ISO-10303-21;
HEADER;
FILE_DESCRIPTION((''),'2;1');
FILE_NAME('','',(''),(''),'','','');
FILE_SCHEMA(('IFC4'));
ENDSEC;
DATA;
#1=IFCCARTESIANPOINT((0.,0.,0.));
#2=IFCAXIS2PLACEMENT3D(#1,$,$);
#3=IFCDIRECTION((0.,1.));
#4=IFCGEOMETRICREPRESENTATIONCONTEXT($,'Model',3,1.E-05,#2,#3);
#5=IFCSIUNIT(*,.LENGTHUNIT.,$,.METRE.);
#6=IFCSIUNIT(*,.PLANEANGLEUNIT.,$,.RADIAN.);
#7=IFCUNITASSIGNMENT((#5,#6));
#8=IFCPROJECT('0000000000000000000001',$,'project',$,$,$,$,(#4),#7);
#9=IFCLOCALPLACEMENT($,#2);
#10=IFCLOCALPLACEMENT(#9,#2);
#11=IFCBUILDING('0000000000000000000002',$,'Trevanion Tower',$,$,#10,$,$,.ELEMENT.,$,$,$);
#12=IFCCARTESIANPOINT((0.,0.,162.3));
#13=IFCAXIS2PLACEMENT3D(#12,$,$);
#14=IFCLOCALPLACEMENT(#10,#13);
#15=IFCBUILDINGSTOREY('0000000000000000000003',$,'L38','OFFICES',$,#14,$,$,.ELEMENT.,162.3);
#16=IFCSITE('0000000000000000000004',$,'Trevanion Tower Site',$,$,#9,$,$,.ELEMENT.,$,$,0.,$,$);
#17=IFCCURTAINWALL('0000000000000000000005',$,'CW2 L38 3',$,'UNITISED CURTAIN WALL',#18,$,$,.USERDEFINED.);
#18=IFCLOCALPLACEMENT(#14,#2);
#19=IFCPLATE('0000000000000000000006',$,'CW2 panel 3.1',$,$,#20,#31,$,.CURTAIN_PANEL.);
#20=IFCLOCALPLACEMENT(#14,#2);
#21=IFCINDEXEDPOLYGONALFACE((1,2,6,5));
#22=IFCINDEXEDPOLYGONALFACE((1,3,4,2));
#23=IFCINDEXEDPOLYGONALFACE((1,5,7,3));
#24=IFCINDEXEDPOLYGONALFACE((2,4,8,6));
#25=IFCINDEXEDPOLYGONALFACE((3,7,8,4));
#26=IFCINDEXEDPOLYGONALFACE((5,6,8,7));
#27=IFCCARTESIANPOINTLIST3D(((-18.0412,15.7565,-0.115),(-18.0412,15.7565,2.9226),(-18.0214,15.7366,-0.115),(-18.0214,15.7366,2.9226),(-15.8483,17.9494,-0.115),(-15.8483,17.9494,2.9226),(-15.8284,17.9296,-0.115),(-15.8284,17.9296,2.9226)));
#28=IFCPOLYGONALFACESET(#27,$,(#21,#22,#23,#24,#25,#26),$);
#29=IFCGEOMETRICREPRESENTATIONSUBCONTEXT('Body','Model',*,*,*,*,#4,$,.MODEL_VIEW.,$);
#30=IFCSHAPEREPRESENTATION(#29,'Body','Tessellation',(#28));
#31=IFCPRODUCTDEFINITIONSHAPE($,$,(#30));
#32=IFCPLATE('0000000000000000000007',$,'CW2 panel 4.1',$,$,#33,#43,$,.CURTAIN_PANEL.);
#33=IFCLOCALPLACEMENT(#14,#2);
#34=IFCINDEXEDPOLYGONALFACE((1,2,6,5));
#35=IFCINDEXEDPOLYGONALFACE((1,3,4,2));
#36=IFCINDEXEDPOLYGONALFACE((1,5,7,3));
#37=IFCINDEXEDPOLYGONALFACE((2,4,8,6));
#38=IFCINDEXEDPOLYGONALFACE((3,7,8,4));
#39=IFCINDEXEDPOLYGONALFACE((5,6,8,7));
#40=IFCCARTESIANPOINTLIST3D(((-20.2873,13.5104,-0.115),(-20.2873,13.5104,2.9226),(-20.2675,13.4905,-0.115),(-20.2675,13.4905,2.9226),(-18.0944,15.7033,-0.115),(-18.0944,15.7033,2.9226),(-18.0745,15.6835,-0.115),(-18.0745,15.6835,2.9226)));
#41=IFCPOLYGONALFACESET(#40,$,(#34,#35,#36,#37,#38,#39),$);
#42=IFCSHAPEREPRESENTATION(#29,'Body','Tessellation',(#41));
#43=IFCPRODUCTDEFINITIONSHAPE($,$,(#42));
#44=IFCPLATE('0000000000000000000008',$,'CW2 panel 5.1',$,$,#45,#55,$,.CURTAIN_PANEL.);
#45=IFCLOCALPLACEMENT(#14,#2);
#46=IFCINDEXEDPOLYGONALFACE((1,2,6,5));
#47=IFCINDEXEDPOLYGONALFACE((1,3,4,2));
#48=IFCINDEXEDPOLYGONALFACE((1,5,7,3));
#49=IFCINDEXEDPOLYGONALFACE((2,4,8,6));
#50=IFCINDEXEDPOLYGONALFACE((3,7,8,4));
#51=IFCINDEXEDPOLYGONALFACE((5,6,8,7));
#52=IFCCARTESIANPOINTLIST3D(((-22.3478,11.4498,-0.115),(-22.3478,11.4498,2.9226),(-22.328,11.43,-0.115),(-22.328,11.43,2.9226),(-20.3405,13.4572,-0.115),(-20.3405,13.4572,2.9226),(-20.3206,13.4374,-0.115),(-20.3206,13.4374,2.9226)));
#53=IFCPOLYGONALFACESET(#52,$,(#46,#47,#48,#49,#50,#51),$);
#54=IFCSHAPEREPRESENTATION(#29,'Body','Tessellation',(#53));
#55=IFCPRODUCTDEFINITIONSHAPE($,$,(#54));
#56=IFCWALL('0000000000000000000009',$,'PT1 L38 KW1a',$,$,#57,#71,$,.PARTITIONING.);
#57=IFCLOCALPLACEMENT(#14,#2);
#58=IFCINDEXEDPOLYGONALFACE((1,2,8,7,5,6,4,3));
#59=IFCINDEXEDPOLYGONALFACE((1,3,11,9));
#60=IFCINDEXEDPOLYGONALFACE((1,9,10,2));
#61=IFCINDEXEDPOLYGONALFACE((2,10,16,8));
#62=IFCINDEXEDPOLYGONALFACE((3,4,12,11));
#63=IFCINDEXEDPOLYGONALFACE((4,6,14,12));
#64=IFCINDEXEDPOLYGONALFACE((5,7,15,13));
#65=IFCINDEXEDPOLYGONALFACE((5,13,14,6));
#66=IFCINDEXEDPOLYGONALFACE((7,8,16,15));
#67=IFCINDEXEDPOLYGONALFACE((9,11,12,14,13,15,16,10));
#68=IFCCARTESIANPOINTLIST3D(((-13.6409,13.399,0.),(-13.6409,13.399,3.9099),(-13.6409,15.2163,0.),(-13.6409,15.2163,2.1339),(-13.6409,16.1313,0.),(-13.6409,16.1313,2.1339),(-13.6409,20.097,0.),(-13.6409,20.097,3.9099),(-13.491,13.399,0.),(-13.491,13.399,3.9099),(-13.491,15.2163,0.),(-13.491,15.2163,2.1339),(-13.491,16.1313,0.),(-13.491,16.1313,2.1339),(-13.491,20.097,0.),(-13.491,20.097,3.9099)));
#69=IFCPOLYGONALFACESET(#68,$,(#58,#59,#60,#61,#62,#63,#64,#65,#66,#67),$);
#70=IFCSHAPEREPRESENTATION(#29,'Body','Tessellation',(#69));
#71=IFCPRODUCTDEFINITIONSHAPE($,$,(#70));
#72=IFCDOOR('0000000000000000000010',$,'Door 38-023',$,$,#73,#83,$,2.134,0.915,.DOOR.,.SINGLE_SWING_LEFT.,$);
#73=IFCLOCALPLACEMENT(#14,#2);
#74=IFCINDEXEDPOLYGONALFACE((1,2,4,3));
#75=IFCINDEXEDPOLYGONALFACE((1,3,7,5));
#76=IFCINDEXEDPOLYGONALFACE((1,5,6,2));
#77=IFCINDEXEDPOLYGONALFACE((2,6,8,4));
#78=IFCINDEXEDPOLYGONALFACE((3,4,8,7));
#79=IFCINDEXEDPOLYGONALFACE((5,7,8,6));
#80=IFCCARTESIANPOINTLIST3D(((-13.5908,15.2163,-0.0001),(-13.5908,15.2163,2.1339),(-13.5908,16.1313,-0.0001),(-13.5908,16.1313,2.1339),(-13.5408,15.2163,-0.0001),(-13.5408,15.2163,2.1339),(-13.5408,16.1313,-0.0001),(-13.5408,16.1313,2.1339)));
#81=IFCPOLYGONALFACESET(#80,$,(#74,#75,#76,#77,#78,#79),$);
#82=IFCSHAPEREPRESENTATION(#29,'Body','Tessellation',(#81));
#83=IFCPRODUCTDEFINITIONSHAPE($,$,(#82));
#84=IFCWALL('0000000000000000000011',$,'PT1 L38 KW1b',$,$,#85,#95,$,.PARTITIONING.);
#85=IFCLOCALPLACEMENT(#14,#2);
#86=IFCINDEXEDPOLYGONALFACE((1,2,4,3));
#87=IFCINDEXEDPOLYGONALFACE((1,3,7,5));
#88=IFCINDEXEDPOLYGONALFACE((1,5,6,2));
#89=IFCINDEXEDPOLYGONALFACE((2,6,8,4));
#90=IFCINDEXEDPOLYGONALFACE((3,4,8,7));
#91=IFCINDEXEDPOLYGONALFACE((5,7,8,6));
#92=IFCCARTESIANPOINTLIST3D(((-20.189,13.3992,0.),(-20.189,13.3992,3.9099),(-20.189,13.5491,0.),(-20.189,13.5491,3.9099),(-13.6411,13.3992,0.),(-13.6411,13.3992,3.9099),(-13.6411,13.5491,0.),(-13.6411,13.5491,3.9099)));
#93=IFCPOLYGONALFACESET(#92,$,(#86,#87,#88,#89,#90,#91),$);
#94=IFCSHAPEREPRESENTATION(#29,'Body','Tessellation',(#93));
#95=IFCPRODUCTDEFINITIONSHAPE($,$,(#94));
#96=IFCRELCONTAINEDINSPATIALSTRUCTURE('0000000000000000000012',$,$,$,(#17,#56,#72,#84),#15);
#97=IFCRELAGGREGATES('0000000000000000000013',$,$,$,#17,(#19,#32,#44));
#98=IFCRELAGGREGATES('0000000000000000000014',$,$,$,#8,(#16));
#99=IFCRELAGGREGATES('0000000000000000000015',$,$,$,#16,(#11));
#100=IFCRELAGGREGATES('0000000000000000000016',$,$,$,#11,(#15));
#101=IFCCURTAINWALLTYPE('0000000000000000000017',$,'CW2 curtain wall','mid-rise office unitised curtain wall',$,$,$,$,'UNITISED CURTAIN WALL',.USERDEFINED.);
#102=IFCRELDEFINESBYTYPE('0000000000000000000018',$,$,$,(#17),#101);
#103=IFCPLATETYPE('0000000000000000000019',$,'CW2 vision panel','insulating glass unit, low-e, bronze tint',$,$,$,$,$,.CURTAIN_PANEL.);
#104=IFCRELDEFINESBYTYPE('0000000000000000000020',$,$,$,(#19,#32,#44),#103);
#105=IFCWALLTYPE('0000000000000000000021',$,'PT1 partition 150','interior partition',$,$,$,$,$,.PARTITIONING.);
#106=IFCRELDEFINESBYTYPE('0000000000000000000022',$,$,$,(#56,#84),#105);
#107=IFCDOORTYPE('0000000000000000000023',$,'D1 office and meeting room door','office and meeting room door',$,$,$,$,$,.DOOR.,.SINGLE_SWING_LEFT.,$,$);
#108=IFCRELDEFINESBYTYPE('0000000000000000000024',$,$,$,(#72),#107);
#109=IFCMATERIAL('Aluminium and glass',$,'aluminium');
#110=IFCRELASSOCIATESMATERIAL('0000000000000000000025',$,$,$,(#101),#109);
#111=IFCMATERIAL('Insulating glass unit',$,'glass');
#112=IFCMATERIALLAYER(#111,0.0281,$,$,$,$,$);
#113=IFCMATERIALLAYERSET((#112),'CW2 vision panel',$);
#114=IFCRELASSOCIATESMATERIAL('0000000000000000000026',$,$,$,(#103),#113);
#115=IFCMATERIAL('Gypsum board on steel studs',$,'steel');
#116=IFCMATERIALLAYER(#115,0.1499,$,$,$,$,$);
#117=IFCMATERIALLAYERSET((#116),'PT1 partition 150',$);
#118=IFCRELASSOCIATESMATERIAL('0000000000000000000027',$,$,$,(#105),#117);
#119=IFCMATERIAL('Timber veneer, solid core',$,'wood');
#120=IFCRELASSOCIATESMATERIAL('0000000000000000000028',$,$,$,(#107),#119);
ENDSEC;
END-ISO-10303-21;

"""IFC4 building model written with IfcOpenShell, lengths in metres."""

from ifc_helpers import new_model, si_unit, direction, frame, frame_2d, origin, origin_2d, place, context, subcontext, project, spatial, rectangle, extrude, material, layer, layer_set, type_object, element, fill, aggregate, save


model = new_model("IFC4")

# Units and contexts
model_context = context("Model", 3, precision=1e-05, world=origin(), true_north=direction((0.0, 1.0)))
body_context = subcontext(model_context, "Body", "Model", "MODEL_VIEW")
ifc_project = project(units=[si_unit("LENGTHUNIT", "METRE"), si_unit("PLANEANGLEUNIT", "RADIAN")], contexts=[model_context])

# Site, building, storey
site_placement = place(None, origin())
site = spatial("IfcSite", under=ifc_project, at=site_placement, Name="Trevanion Tower Site", CompositionType="ELEMENT", RefElevation=0.0)
building_placement = place(site_placement, origin())
building = spatial("IfcBuilding", under=site, at=building_placement, Name="Trevanion Tower", CompositionType="ELEMENT")
storey_placement = place(building_placement, frame((0.0, 0.0, 162.3)))
storey = spatial("IfcBuildingStorey", under=building, at=storey_placement, Name="L38", Description="OFFICES", CompositionType="ELEMENT", Elevation=162.3)

# Curtain wall
ifc_material_1 = material(Name="Aluminium and glass", Category="aluminium")
curtain_wall_type = type_object("IfcCurtainWallType", Name="CW2 curtain wall", Description="mid-rise office unitised curtain wall", ElementType="UNITISED CURTAIN WALL", PredefinedType="USERDEFINED", material=ifc_material_1)
curtain_wall_1_placement = place(storey_placement, origin())
curtain_wall_1 = element("IfcCurtainWall", 1, at=curtain_wall_1_placement, inside=storey, type_object=curtain_wall_type, Name="CW2 L38 3", ObjectType="UNITISED CURTAIN WALL", PredefinedType="USERDEFINED")

# Plates
ifc_material_2 = material(Name="Insulating glass unit", Category="glass")
ifc_layer_1 = layer(ifc_material_2, 0.0281)
ifc_layer_set_1 = layer_set([ifc_layer_1], Name="CW2 vision panel")
plate_type_1 = type_object("IfcPlateType", Name="CW2 vision panel", Description="insulating glass unit, low-e, bronze tint", PredefinedType="CURTAIN_PANEL", material=ifc_layer_set_1)
plate_1_placement = place(storey_placement, frame((-16.9348, 16.843, -0.115), z_axis=(0.0, 0.0, 1.0), x_axis=(-0.707107, -0.707107, 0.0)))
plate_1 = element("IfcPlate", 2, at=plate_1_placement, type_object=plate_type_1, Name="CW2 panel 3.1", PredefinedType="CURTAIN_PANEL", context=body_context, shape_type="SweptSolid", body=[
    extrude(rectangle(XDim=3.1013, YDim=0.0281, at=origin_2d()), origin(), (0.0, 0.0, 1.0), 3.0376),
])
plate_2_placement = place(storey_placement, frame((-19.1809, 14.5969, -0.115), z_axis=(0.0, 0.0, 1.0), x_axis=(-0.707107, -0.707107, 0.0)))
plate_2 = element("IfcPlate", 3, at=plate_2_placement, type_object=plate_type_1, Name="CW2 panel 4.1", PredefinedType="CURTAIN_PANEL", context=body_context, shape_type="SweptSolid", body=[
    extrude(rectangle(XDim=3.1013, YDim=0.0281, at=origin_2d()), origin(), (0.0, 0.0, 1.0), 3.0376),
])
plate_3_placement = place(storey_placement, frame((-21.3342, 12.4436, -0.115), z_axis=(0.0, 0.0, 1.0), x_axis=(-0.707107, -0.707107, 0.0)))
plate_3 = element("IfcPlate", 4, at=plate_3_placement, type_object=plate_type_1, Name="CW2 panel 5.1", PredefinedType="CURTAIN_PANEL", context=body_context, shape_type="SweptSolid", body=[
    extrude(rectangle(XDim=2.8389, YDim=0.0281, at=origin_2d()), origin(), (0.0, 0.0, 1.0), 3.0376),
])
aggregate(curtain_wall_1, [plate_1, plate_2, plate_3])

# Wall, opening, door
ifc_material_3 = material(Name="Gypsum board on steel studs", Category="steel")
ifc_layer_2 = layer(ifc_material_3, 0.1499)
ifc_layer_set_2 = layer_set([ifc_layer_2], Name="PT1 partition 150")
wall_type = type_object("IfcWallType", Name="PT1 partition 150", Description="interior partition", PredefinedType="PARTITIONING", material=ifc_layer_set_2)
wall_1_placement = place(storey_placement, frame((-13.5659, 13.3989, 0.0), z_axis=(0.0, 0.0, 1.0), x_axis=(0.0, 1.0, 0.0)))
wall_1 = element("IfcWall", 5, at=wall_1_placement, inside=storey, type_object=wall_type, Name="PT1 L38 KW1a", PredefinedType="PARTITIONING", context=body_context, shape_type="SweptSolid", body=[
    extrude(rectangle(XDim=6.698, YDim=0.1499, at=frame_2d((3.3491, 0.0))), origin(), (0.0, 0.0, 1.0), 3.9099),
])
opening_placement = place(wall_1_placement, frame((1.8174, 0.0, 0.0)))
opening = element("IfcOpeningElement", 6, at=opening_placement, cuts=wall_1, PredefinedType="OPENING", context=body_context, shape_type="SweptSolid", body=[
    extrude(rectangle(XDim=0.915, YDim=2.134, at=frame_2d((0.4575, 1.0669))), frame((0.0, 0.085, 0.0), z_axis=(0.0, -1.0, 0.0), x_axis=(1.0, 0.0, 0.0)), (0.0, 0.0, 1.0), 0.1699),
])
ifc_material_4 = material(Name="Timber veneer, solid core", Category="wood")
door_type = type_object("IfcDoorType", Name="D1 office and meeting room door", Description="office and meeting room door", OperationType="SINGLE_SWING_LEFT", PredefinedType="DOOR", material=ifc_material_4)
door_placement = place(opening_placement, origin())
door = element("IfcDoor", 7, at=door_placement, inside=storey, type_object=door_type, Name="Door 38-023", OperationType="SINGLE_SWING_LEFT", OverallHeight=2.134, OverallWidth=0.915, PredefinedType="DOOR", context=body_context, shape_type="SweptSolid", body=[
    extrude(rectangle(XDim=0.915, YDim=2.134, at=frame_2d((0.4575, 1.0669))), frame((0.0, 0.0249, 0.0), z_axis=(0.0, -1.0, 0.0), x_axis=(1.0, 0.0, 0.0)), (0.0, 0.0, 1.0), 0.05),
])
fill(opening, door)

# Wall
wall_2_placement = place(storey_placement, frame((-13.6411, 13.4741, 0.0), z_axis=(0.0, 0.0, 1.0), x_axis=(-1.0, 0.0, 0.0)))
element("IfcWall", 8, at=wall_2_placement, inside=storey, type_object=wall_type, Name="PT1 L38 KW1b", PredefinedType="PARTITIONING", context=body_context, shape_type="SweptSolid", body=[
    extrude(rectangle(XDim=6.5479, YDim=0.1499, at=frame_2d((3.2739, 0.0))), origin(), (0.0, 0.0, 1.0), 3.9099),
])

save(model, "model.ifc")
